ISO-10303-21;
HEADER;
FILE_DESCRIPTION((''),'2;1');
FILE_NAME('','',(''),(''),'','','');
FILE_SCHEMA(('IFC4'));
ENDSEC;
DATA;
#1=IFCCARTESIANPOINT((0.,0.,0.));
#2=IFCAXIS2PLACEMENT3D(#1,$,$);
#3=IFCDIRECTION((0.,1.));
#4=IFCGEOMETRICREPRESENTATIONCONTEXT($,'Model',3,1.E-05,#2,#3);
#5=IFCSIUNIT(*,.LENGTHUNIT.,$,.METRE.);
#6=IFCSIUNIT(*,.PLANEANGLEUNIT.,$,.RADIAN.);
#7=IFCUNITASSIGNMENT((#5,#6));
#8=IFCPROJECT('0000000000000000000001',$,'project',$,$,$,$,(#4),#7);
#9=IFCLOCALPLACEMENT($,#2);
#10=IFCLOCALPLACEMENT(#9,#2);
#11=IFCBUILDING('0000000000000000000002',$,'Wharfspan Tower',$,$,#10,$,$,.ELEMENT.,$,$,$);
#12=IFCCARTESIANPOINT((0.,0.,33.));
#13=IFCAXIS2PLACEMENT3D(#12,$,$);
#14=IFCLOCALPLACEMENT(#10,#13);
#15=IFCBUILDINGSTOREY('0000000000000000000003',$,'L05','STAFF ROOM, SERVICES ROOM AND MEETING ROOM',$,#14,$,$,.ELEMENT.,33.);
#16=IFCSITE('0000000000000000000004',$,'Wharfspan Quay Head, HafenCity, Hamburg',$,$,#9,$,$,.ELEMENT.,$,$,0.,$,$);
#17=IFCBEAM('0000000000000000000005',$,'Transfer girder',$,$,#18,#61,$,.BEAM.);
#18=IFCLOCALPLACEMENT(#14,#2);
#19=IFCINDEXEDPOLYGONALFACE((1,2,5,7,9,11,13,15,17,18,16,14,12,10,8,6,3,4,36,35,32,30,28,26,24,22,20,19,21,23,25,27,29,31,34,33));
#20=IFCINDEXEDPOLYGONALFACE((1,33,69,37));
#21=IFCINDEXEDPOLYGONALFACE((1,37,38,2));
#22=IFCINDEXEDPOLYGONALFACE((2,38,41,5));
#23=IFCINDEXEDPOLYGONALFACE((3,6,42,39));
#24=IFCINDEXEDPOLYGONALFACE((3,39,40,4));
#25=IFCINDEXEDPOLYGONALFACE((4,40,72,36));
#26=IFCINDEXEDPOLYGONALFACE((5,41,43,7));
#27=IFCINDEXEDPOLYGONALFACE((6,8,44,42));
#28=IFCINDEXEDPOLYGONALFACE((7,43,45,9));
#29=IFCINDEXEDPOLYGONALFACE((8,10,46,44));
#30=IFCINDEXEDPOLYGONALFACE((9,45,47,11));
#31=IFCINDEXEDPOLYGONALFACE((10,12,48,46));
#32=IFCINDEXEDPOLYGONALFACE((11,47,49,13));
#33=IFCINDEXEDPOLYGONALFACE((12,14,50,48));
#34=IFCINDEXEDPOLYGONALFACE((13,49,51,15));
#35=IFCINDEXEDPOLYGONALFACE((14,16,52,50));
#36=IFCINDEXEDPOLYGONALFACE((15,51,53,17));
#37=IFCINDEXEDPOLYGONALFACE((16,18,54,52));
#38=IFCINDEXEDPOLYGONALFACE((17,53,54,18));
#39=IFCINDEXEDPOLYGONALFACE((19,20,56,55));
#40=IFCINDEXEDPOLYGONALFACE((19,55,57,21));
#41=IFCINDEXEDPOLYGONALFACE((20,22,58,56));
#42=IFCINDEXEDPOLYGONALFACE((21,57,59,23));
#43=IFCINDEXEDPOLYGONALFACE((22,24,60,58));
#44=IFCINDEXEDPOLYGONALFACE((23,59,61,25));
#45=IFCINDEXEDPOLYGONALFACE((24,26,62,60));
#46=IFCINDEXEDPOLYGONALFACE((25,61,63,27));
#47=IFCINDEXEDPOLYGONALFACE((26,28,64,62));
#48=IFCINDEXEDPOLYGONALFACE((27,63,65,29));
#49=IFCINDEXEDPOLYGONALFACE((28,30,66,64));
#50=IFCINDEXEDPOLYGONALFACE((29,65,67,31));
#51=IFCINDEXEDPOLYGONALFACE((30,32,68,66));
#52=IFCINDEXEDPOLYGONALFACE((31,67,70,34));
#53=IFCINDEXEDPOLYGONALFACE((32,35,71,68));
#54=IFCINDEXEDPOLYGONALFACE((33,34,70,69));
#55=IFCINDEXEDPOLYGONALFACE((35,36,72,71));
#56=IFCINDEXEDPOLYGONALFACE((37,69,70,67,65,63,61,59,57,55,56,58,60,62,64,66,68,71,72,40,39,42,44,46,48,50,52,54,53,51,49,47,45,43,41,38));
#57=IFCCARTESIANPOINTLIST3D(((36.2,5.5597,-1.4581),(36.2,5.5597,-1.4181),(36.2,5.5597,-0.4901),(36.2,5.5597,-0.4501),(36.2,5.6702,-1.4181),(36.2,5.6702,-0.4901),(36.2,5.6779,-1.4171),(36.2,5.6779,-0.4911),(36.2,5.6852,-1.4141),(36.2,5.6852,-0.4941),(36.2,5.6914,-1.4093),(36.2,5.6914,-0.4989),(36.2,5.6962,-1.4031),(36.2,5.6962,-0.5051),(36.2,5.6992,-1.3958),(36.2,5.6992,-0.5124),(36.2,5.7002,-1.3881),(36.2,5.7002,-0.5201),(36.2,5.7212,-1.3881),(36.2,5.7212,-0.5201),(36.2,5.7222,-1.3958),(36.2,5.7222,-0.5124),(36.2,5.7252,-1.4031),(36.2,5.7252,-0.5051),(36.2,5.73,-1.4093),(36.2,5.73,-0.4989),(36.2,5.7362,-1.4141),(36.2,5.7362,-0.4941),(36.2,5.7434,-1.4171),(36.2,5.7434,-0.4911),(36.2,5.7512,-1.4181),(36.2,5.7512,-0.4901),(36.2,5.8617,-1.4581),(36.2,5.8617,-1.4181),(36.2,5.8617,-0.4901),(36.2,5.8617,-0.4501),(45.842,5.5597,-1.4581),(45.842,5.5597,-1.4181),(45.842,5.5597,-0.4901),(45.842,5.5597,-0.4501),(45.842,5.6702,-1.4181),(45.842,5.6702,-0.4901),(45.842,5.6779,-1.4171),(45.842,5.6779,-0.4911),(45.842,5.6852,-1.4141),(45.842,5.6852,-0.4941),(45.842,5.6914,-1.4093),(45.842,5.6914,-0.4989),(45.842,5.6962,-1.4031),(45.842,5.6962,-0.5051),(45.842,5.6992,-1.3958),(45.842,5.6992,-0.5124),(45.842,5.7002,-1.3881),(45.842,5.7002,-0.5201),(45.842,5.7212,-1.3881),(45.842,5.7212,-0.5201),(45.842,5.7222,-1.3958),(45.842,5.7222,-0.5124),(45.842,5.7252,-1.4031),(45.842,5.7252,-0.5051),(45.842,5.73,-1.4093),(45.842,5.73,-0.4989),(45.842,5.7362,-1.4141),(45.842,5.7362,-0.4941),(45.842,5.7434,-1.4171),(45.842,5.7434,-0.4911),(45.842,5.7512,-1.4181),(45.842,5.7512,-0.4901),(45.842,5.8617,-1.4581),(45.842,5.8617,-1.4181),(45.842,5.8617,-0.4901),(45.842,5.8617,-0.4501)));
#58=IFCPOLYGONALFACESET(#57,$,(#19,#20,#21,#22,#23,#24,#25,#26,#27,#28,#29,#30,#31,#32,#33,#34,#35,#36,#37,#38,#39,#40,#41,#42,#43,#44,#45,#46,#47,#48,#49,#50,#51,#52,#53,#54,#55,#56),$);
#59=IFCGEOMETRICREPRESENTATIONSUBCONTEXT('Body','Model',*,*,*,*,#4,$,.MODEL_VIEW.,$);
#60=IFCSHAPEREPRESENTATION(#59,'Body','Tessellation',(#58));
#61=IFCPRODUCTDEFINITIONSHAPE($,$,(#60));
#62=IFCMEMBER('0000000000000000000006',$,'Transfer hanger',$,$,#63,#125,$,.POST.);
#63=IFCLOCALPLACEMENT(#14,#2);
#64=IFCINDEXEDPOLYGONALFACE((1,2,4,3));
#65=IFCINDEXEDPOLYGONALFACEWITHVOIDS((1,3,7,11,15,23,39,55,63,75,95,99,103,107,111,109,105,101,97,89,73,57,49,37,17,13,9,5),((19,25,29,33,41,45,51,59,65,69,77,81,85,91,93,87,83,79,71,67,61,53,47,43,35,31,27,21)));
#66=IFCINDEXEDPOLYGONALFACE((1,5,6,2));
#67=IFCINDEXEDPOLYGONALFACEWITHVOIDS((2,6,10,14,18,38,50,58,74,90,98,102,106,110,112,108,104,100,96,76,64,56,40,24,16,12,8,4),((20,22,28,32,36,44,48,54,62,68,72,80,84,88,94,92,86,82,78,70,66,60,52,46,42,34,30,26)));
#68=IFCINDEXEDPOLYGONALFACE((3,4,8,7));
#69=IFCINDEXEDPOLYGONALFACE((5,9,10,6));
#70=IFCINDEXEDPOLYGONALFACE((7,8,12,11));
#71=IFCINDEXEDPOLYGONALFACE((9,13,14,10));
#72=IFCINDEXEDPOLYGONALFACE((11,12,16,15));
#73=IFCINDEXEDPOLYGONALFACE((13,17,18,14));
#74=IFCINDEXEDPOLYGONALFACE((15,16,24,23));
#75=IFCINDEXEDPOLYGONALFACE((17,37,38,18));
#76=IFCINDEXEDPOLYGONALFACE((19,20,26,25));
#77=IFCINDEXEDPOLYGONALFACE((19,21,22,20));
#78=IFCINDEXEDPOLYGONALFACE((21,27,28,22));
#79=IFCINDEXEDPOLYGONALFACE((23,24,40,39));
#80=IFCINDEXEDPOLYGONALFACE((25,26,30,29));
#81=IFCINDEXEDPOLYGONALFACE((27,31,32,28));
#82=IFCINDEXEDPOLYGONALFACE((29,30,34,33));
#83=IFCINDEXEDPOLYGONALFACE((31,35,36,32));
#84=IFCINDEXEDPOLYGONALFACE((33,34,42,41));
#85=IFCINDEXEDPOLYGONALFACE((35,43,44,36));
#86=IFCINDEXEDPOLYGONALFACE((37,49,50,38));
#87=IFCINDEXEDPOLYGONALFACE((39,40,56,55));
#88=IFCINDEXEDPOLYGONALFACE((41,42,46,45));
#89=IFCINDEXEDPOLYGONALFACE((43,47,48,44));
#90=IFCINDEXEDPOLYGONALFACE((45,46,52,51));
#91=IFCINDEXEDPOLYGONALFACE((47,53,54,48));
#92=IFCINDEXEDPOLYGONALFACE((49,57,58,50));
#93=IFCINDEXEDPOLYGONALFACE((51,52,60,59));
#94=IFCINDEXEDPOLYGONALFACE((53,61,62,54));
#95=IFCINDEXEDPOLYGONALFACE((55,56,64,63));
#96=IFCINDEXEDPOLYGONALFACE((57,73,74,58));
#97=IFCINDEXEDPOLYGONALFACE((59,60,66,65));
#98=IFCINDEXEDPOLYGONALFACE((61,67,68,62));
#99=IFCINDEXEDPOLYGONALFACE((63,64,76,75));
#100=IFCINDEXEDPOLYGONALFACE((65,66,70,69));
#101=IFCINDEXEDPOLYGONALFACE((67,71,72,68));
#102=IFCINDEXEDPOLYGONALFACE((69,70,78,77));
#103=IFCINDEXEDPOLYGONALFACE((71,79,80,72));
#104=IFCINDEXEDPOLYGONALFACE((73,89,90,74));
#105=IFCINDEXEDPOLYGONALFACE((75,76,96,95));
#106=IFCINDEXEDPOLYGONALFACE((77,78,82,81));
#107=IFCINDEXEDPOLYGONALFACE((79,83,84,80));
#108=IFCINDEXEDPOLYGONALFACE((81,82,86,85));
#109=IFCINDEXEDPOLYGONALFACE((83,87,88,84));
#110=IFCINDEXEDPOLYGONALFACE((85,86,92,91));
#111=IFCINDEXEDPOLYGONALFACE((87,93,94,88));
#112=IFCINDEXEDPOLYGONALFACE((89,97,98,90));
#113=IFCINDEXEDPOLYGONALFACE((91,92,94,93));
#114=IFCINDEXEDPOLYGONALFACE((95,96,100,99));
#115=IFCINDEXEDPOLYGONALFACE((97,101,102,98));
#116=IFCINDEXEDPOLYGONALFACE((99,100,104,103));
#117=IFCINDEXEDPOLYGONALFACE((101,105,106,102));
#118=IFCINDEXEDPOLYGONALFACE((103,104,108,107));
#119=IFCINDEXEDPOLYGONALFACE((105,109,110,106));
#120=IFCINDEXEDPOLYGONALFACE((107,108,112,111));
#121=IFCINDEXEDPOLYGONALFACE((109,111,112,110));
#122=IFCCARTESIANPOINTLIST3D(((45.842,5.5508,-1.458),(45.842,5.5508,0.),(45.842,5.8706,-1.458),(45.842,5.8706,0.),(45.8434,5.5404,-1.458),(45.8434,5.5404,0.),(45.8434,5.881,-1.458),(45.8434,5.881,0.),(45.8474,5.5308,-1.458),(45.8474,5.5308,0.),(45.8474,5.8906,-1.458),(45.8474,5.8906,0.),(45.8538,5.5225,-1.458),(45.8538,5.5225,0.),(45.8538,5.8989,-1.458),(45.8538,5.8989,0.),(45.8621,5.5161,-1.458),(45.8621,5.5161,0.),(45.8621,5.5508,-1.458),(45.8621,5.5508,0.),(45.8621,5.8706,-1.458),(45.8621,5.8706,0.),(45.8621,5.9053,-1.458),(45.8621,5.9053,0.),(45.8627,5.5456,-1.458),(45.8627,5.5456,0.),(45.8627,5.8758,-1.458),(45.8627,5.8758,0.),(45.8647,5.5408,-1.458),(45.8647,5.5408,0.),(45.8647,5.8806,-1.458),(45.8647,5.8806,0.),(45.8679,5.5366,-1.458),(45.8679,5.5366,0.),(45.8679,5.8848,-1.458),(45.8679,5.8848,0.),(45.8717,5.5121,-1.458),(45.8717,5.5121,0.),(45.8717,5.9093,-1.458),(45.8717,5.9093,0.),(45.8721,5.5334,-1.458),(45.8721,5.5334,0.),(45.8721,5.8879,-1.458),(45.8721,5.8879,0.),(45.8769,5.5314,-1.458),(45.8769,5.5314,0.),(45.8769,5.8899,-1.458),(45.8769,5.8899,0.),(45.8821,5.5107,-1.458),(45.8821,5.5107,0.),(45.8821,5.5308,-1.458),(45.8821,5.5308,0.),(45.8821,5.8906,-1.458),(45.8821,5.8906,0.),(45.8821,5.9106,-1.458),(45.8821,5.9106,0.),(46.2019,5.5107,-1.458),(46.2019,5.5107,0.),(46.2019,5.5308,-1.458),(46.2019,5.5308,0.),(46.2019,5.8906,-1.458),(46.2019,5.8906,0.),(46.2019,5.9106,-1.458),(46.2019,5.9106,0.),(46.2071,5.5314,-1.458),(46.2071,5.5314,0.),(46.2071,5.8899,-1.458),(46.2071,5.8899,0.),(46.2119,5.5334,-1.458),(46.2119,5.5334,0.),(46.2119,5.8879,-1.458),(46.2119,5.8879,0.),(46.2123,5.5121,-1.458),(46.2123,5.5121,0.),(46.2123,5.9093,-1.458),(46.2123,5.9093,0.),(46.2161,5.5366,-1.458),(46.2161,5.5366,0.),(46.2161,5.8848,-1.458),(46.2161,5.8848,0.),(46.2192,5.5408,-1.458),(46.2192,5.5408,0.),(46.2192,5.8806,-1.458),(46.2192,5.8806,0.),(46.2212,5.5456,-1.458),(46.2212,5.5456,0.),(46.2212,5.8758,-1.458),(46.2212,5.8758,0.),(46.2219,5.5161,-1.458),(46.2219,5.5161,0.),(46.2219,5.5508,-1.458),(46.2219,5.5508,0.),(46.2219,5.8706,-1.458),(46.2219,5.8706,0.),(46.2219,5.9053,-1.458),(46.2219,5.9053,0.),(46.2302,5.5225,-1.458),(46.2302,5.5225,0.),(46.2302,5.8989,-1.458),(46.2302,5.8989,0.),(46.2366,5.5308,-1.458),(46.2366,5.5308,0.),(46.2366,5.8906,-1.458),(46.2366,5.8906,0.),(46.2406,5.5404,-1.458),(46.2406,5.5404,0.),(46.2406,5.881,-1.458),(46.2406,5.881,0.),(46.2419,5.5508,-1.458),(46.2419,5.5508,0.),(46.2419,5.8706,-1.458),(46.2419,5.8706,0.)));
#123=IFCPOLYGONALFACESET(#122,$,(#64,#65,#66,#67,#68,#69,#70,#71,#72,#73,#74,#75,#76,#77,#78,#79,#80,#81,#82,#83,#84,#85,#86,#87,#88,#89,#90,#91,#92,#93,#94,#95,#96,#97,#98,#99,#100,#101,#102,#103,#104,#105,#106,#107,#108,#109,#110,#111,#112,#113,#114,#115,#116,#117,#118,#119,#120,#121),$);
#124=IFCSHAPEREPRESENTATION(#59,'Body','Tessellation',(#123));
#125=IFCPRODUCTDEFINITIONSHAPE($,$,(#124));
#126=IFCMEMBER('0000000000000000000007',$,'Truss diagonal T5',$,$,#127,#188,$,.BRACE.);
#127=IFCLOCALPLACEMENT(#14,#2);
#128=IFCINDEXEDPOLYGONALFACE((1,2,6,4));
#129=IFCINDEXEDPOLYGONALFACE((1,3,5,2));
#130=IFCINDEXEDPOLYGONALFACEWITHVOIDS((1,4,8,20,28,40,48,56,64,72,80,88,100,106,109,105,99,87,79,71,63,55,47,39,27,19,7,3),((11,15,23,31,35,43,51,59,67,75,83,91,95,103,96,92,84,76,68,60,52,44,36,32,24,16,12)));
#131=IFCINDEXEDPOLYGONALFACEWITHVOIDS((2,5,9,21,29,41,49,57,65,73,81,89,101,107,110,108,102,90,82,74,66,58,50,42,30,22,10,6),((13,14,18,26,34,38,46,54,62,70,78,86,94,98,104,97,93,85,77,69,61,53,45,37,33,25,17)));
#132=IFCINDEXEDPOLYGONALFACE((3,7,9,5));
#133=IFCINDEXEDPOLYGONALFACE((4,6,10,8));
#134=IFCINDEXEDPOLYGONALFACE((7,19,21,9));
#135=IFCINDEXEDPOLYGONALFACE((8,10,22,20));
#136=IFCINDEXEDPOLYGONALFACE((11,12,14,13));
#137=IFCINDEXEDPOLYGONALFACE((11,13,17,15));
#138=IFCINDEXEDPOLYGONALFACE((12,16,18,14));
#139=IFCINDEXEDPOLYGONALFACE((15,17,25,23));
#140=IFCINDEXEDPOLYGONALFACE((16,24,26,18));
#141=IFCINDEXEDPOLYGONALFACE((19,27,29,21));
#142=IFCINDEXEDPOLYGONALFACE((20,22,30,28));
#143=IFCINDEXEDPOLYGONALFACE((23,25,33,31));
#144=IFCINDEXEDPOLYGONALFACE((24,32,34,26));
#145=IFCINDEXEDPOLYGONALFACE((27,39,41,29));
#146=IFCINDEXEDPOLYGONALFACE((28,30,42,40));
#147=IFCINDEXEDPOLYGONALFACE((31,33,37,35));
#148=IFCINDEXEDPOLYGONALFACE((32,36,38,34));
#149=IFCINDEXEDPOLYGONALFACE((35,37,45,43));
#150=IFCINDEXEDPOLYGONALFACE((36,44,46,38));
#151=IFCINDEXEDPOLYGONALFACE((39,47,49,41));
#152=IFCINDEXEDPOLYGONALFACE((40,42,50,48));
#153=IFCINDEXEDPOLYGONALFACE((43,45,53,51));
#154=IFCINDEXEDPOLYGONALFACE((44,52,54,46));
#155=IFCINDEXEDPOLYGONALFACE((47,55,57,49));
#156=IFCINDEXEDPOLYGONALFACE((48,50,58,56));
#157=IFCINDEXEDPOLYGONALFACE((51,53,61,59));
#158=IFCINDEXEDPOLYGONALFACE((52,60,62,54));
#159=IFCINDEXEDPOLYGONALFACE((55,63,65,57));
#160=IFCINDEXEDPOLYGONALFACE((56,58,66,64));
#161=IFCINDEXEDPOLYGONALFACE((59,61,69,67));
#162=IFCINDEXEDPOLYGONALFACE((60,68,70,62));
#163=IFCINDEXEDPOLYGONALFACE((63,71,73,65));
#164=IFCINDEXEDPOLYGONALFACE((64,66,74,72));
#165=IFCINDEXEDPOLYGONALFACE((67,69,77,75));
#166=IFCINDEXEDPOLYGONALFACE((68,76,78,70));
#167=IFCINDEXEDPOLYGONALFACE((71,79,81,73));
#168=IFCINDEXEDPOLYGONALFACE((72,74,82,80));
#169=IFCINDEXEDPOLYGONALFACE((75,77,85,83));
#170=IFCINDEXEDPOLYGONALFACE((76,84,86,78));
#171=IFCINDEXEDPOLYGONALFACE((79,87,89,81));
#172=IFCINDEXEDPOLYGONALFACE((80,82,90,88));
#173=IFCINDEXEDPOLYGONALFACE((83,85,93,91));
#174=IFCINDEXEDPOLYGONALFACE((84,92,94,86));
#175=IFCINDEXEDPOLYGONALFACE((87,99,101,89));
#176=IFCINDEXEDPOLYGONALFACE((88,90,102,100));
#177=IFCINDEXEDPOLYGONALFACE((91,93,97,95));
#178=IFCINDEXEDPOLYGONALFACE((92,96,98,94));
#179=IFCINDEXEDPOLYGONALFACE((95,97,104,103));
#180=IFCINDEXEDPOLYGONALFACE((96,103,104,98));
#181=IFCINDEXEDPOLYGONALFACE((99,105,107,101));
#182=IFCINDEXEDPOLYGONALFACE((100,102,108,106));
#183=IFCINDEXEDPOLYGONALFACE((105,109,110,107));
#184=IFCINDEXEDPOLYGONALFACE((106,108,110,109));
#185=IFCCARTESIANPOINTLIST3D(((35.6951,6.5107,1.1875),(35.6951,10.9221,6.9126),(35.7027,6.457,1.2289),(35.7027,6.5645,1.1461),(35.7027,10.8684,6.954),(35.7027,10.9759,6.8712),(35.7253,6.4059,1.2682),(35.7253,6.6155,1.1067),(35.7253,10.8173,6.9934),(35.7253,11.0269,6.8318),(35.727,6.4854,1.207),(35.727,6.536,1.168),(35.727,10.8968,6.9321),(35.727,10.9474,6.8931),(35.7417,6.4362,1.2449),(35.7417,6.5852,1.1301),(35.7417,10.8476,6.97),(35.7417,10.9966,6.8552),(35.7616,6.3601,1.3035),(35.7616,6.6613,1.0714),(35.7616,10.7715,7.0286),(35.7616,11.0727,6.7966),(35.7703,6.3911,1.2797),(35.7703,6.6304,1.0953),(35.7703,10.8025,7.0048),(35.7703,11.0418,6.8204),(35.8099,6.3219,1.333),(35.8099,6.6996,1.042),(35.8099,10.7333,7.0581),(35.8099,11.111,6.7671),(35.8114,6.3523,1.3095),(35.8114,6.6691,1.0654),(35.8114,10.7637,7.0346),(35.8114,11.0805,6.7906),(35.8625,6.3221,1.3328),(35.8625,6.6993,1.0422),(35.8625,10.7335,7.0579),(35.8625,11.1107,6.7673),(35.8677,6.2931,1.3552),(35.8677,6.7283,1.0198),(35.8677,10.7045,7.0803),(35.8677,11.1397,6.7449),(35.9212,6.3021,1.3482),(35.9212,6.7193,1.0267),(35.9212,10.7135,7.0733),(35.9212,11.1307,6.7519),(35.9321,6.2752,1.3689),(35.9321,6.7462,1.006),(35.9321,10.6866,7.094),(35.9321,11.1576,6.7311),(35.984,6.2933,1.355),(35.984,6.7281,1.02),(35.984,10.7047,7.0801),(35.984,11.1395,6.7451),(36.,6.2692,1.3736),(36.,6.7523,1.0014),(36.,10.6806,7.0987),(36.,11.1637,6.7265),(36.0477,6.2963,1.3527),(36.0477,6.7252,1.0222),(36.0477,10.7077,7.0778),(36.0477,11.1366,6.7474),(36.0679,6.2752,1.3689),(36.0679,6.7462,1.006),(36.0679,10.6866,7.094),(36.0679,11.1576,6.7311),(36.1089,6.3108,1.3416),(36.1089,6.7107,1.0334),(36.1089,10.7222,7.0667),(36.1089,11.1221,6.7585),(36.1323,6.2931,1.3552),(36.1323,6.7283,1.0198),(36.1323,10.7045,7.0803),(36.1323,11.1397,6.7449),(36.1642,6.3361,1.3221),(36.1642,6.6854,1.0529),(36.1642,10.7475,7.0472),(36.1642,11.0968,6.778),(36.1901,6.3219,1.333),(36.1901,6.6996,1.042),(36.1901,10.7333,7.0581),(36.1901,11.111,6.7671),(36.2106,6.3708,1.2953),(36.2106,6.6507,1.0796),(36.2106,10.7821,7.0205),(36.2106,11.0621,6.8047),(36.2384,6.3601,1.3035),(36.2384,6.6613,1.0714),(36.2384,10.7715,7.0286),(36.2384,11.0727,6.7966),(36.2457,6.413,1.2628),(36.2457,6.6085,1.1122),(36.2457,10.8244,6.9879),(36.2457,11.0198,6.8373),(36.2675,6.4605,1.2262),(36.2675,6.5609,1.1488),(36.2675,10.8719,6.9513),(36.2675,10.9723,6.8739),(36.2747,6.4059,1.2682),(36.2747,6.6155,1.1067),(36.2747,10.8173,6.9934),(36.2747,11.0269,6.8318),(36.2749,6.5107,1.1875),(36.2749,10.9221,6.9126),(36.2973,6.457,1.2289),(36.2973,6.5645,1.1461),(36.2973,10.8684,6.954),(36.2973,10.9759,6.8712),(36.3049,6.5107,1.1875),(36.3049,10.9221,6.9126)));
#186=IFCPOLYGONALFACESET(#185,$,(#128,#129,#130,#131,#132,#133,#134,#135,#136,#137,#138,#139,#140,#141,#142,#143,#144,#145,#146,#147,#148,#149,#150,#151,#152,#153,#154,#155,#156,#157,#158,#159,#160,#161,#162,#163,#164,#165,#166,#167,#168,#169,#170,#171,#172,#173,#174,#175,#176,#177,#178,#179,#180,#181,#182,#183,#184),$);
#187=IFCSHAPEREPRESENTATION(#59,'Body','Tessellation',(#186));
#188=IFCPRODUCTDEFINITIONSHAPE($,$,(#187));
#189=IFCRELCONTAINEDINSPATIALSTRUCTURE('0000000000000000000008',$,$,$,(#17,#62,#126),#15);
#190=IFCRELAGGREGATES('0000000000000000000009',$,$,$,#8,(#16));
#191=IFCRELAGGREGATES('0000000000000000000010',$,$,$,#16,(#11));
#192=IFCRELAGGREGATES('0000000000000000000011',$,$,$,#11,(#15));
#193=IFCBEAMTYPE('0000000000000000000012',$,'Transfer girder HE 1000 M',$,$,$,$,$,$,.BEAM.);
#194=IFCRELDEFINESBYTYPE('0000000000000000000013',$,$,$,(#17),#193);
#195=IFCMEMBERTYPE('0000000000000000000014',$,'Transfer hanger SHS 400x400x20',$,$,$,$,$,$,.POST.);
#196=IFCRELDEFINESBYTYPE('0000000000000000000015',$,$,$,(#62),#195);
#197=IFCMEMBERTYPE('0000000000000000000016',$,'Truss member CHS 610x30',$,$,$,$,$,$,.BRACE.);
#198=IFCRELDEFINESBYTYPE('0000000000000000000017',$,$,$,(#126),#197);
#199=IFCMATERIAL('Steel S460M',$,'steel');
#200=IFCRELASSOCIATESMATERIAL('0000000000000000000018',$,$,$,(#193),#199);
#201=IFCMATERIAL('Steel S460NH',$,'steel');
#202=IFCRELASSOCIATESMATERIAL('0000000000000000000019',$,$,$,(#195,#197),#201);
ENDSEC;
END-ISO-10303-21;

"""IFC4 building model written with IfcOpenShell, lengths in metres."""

from ifc_helpers import new_model, si_unit, direction, frame, origin, origin_2d, place, context, subcontext, project, spatial, hollow_rectangle, hollow_circle, i_section, extrude, material, material_profile, profile_set, type_object, element, save


model = new_model("IFC4")

# Units and contexts
model_context = context("Model", 3, precision=1e-05, world=origin(), true_north=direction((0.0, 1.0)))
body_context = subcontext(model_context, "Body", "Model", "MODEL_VIEW")
ifc_project = project(units=[si_unit("LENGTHUNIT", "METRE"), si_unit("PLANEANGLEUNIT", "RADIAN")], contexts=[model_context])

# Site, building, storey
site_placement = place(None, origin())
site = spatial("IfcSite", under=ifc_project, at=site_placement, Name="Wharfspan Quay Head, HafenCity, Hamburg", CompositionType="ELEMENT", RefElevation=0.0)
building_placement = place(site_placement, origin())
building = spatial("IfcBuilding", under=site, at=building_placement, Name="Wharfspan Tower", CompositionType="ELEMENT")
storey_placement = place(building_placement, frame((0.0, 0.0, 33.0)))
storey = spatial("IfcBuildingStorey", under=building, at=storey_placement, Name="L05", Description="STAFF ROOM, SERVICES ROOM AND MEETING ROOM", CompositionType="ELEMENT", Elevation=33.0)

# Beam
ifc_material_1 = material(Name="Steel S460M", Category="steel")
ifc_material_profile_1 = material_profile(ifc_material_1, i_section(OverallWidth=0.302, OverallDepth=1.0081, WebThickness=0.021, FlangeThickness=0.04, FilletRadius=0.03, at=origin_2d()))
ifc_profile_set_1 = profile_set([ifc_material_profile_1], Name="Steel S460M")
beam_type = type_object("IfcBeamType", Name="Transfer girder HE 1000 M", PredefinedType="BEAM", material=ifc_profile_set_1)
beam_placement = place(storey_placement, frame((36.2, 5.7107, -0.9541), z_axis=(1.0, 0.0, 0.0), x_axis=(0.0, 1.0, 0.0)))
element("IfcBeam", 1, at=beam_placement, inside=storey, type_object=beam_type, Name="Transfer girder", PredefinedType="BEAM", context=body_context, shape_type="SweptSolid", body=[
    extrude(i_section(OverallWidth=0.302, OverallDepth=1.0081, WebThickness=0.021, FlangeThickness=0.04, FilletRadius=0.03, at=origin_2d()), origin(), (0.0, 0.0, 1.0), 9.6421),
])

# Members
ifc_material_2 = material(Name="Steel S460NH", Category="steel")
ifc_material_profile_2 = material_profile(ifc_material_2, hollow_rectangle(XDim=0.3999, YDim=0.3999, WallThickness=0.02, InnerFilletRadius=0.02, OuterFilletRadius=0.04, at=origin_2d()))
ifc_profile_set_2 = profile_set([ifc_material_profile_2], Name="Steel S460NH")
member_type_1 = type_object("IfcMemberType", Name="Transfer hanger SHS 400x400x20", PredefinedType="POST", material=ifc_profile_set_2)
member_1_placement = place(storey_placement, frame((46.042, 5.7107, -1.458), z_axis=(0.0, 0.0, 1.0), x_axis=(1.0, 0.0, 0.0)))
element("IfcMember", 2, at=member_1_placement, inside=storey, type_object=member_type_1, Name="Transfer hanger", PredefinedType="POST", context=body_context, shape_type="SweptSolid", body=[
    extrude(hollow_rectangle(XDim=0.3999, YDim=0.3999, WallThickness=0.02, InnerFilletRadius=0.02, OuterFilletRadius=0.04, at=origin_2d()), origin(), (0.0, 0.0, 1.0), 1.458),
])
ifc_material_profile_3 = material_profile(ifc_material_2, hollow_circle(Radius=0.3049, WallThickness=0.03, at=origin_2d()))
ifc_profile_set_3 = profile_set([ifc_material_profile_3], Name="Steel S460NH")
member_type_2 = type_object("IfcMemberType", Name="Truss member CHS 610x30", PredefinedType="BRACE", material=ifc_profile_set_3)
member_2_placement = place(storey_placement, frame((36.0, 10.9221, 6.9126), z_axis=(0.0, -0.610359, -0.792125), x_axis=(1.0, 0.0, 0.0)))
element("IfcMember", 3, at=member_2_placement, inside=storey, type_object=member_type_2, Name="Truss diagonal T5", PredefinedType="BRACE", context=body_context, shape_type="SweptSolid", body=[
    extrude(hollow_circle(Radius=0.3049, WallThickness=0.03, at=origin_2d()), origin(), (0.0, 0.0, 1.0), 7.2275),
])

save(model, "model.ifc")
